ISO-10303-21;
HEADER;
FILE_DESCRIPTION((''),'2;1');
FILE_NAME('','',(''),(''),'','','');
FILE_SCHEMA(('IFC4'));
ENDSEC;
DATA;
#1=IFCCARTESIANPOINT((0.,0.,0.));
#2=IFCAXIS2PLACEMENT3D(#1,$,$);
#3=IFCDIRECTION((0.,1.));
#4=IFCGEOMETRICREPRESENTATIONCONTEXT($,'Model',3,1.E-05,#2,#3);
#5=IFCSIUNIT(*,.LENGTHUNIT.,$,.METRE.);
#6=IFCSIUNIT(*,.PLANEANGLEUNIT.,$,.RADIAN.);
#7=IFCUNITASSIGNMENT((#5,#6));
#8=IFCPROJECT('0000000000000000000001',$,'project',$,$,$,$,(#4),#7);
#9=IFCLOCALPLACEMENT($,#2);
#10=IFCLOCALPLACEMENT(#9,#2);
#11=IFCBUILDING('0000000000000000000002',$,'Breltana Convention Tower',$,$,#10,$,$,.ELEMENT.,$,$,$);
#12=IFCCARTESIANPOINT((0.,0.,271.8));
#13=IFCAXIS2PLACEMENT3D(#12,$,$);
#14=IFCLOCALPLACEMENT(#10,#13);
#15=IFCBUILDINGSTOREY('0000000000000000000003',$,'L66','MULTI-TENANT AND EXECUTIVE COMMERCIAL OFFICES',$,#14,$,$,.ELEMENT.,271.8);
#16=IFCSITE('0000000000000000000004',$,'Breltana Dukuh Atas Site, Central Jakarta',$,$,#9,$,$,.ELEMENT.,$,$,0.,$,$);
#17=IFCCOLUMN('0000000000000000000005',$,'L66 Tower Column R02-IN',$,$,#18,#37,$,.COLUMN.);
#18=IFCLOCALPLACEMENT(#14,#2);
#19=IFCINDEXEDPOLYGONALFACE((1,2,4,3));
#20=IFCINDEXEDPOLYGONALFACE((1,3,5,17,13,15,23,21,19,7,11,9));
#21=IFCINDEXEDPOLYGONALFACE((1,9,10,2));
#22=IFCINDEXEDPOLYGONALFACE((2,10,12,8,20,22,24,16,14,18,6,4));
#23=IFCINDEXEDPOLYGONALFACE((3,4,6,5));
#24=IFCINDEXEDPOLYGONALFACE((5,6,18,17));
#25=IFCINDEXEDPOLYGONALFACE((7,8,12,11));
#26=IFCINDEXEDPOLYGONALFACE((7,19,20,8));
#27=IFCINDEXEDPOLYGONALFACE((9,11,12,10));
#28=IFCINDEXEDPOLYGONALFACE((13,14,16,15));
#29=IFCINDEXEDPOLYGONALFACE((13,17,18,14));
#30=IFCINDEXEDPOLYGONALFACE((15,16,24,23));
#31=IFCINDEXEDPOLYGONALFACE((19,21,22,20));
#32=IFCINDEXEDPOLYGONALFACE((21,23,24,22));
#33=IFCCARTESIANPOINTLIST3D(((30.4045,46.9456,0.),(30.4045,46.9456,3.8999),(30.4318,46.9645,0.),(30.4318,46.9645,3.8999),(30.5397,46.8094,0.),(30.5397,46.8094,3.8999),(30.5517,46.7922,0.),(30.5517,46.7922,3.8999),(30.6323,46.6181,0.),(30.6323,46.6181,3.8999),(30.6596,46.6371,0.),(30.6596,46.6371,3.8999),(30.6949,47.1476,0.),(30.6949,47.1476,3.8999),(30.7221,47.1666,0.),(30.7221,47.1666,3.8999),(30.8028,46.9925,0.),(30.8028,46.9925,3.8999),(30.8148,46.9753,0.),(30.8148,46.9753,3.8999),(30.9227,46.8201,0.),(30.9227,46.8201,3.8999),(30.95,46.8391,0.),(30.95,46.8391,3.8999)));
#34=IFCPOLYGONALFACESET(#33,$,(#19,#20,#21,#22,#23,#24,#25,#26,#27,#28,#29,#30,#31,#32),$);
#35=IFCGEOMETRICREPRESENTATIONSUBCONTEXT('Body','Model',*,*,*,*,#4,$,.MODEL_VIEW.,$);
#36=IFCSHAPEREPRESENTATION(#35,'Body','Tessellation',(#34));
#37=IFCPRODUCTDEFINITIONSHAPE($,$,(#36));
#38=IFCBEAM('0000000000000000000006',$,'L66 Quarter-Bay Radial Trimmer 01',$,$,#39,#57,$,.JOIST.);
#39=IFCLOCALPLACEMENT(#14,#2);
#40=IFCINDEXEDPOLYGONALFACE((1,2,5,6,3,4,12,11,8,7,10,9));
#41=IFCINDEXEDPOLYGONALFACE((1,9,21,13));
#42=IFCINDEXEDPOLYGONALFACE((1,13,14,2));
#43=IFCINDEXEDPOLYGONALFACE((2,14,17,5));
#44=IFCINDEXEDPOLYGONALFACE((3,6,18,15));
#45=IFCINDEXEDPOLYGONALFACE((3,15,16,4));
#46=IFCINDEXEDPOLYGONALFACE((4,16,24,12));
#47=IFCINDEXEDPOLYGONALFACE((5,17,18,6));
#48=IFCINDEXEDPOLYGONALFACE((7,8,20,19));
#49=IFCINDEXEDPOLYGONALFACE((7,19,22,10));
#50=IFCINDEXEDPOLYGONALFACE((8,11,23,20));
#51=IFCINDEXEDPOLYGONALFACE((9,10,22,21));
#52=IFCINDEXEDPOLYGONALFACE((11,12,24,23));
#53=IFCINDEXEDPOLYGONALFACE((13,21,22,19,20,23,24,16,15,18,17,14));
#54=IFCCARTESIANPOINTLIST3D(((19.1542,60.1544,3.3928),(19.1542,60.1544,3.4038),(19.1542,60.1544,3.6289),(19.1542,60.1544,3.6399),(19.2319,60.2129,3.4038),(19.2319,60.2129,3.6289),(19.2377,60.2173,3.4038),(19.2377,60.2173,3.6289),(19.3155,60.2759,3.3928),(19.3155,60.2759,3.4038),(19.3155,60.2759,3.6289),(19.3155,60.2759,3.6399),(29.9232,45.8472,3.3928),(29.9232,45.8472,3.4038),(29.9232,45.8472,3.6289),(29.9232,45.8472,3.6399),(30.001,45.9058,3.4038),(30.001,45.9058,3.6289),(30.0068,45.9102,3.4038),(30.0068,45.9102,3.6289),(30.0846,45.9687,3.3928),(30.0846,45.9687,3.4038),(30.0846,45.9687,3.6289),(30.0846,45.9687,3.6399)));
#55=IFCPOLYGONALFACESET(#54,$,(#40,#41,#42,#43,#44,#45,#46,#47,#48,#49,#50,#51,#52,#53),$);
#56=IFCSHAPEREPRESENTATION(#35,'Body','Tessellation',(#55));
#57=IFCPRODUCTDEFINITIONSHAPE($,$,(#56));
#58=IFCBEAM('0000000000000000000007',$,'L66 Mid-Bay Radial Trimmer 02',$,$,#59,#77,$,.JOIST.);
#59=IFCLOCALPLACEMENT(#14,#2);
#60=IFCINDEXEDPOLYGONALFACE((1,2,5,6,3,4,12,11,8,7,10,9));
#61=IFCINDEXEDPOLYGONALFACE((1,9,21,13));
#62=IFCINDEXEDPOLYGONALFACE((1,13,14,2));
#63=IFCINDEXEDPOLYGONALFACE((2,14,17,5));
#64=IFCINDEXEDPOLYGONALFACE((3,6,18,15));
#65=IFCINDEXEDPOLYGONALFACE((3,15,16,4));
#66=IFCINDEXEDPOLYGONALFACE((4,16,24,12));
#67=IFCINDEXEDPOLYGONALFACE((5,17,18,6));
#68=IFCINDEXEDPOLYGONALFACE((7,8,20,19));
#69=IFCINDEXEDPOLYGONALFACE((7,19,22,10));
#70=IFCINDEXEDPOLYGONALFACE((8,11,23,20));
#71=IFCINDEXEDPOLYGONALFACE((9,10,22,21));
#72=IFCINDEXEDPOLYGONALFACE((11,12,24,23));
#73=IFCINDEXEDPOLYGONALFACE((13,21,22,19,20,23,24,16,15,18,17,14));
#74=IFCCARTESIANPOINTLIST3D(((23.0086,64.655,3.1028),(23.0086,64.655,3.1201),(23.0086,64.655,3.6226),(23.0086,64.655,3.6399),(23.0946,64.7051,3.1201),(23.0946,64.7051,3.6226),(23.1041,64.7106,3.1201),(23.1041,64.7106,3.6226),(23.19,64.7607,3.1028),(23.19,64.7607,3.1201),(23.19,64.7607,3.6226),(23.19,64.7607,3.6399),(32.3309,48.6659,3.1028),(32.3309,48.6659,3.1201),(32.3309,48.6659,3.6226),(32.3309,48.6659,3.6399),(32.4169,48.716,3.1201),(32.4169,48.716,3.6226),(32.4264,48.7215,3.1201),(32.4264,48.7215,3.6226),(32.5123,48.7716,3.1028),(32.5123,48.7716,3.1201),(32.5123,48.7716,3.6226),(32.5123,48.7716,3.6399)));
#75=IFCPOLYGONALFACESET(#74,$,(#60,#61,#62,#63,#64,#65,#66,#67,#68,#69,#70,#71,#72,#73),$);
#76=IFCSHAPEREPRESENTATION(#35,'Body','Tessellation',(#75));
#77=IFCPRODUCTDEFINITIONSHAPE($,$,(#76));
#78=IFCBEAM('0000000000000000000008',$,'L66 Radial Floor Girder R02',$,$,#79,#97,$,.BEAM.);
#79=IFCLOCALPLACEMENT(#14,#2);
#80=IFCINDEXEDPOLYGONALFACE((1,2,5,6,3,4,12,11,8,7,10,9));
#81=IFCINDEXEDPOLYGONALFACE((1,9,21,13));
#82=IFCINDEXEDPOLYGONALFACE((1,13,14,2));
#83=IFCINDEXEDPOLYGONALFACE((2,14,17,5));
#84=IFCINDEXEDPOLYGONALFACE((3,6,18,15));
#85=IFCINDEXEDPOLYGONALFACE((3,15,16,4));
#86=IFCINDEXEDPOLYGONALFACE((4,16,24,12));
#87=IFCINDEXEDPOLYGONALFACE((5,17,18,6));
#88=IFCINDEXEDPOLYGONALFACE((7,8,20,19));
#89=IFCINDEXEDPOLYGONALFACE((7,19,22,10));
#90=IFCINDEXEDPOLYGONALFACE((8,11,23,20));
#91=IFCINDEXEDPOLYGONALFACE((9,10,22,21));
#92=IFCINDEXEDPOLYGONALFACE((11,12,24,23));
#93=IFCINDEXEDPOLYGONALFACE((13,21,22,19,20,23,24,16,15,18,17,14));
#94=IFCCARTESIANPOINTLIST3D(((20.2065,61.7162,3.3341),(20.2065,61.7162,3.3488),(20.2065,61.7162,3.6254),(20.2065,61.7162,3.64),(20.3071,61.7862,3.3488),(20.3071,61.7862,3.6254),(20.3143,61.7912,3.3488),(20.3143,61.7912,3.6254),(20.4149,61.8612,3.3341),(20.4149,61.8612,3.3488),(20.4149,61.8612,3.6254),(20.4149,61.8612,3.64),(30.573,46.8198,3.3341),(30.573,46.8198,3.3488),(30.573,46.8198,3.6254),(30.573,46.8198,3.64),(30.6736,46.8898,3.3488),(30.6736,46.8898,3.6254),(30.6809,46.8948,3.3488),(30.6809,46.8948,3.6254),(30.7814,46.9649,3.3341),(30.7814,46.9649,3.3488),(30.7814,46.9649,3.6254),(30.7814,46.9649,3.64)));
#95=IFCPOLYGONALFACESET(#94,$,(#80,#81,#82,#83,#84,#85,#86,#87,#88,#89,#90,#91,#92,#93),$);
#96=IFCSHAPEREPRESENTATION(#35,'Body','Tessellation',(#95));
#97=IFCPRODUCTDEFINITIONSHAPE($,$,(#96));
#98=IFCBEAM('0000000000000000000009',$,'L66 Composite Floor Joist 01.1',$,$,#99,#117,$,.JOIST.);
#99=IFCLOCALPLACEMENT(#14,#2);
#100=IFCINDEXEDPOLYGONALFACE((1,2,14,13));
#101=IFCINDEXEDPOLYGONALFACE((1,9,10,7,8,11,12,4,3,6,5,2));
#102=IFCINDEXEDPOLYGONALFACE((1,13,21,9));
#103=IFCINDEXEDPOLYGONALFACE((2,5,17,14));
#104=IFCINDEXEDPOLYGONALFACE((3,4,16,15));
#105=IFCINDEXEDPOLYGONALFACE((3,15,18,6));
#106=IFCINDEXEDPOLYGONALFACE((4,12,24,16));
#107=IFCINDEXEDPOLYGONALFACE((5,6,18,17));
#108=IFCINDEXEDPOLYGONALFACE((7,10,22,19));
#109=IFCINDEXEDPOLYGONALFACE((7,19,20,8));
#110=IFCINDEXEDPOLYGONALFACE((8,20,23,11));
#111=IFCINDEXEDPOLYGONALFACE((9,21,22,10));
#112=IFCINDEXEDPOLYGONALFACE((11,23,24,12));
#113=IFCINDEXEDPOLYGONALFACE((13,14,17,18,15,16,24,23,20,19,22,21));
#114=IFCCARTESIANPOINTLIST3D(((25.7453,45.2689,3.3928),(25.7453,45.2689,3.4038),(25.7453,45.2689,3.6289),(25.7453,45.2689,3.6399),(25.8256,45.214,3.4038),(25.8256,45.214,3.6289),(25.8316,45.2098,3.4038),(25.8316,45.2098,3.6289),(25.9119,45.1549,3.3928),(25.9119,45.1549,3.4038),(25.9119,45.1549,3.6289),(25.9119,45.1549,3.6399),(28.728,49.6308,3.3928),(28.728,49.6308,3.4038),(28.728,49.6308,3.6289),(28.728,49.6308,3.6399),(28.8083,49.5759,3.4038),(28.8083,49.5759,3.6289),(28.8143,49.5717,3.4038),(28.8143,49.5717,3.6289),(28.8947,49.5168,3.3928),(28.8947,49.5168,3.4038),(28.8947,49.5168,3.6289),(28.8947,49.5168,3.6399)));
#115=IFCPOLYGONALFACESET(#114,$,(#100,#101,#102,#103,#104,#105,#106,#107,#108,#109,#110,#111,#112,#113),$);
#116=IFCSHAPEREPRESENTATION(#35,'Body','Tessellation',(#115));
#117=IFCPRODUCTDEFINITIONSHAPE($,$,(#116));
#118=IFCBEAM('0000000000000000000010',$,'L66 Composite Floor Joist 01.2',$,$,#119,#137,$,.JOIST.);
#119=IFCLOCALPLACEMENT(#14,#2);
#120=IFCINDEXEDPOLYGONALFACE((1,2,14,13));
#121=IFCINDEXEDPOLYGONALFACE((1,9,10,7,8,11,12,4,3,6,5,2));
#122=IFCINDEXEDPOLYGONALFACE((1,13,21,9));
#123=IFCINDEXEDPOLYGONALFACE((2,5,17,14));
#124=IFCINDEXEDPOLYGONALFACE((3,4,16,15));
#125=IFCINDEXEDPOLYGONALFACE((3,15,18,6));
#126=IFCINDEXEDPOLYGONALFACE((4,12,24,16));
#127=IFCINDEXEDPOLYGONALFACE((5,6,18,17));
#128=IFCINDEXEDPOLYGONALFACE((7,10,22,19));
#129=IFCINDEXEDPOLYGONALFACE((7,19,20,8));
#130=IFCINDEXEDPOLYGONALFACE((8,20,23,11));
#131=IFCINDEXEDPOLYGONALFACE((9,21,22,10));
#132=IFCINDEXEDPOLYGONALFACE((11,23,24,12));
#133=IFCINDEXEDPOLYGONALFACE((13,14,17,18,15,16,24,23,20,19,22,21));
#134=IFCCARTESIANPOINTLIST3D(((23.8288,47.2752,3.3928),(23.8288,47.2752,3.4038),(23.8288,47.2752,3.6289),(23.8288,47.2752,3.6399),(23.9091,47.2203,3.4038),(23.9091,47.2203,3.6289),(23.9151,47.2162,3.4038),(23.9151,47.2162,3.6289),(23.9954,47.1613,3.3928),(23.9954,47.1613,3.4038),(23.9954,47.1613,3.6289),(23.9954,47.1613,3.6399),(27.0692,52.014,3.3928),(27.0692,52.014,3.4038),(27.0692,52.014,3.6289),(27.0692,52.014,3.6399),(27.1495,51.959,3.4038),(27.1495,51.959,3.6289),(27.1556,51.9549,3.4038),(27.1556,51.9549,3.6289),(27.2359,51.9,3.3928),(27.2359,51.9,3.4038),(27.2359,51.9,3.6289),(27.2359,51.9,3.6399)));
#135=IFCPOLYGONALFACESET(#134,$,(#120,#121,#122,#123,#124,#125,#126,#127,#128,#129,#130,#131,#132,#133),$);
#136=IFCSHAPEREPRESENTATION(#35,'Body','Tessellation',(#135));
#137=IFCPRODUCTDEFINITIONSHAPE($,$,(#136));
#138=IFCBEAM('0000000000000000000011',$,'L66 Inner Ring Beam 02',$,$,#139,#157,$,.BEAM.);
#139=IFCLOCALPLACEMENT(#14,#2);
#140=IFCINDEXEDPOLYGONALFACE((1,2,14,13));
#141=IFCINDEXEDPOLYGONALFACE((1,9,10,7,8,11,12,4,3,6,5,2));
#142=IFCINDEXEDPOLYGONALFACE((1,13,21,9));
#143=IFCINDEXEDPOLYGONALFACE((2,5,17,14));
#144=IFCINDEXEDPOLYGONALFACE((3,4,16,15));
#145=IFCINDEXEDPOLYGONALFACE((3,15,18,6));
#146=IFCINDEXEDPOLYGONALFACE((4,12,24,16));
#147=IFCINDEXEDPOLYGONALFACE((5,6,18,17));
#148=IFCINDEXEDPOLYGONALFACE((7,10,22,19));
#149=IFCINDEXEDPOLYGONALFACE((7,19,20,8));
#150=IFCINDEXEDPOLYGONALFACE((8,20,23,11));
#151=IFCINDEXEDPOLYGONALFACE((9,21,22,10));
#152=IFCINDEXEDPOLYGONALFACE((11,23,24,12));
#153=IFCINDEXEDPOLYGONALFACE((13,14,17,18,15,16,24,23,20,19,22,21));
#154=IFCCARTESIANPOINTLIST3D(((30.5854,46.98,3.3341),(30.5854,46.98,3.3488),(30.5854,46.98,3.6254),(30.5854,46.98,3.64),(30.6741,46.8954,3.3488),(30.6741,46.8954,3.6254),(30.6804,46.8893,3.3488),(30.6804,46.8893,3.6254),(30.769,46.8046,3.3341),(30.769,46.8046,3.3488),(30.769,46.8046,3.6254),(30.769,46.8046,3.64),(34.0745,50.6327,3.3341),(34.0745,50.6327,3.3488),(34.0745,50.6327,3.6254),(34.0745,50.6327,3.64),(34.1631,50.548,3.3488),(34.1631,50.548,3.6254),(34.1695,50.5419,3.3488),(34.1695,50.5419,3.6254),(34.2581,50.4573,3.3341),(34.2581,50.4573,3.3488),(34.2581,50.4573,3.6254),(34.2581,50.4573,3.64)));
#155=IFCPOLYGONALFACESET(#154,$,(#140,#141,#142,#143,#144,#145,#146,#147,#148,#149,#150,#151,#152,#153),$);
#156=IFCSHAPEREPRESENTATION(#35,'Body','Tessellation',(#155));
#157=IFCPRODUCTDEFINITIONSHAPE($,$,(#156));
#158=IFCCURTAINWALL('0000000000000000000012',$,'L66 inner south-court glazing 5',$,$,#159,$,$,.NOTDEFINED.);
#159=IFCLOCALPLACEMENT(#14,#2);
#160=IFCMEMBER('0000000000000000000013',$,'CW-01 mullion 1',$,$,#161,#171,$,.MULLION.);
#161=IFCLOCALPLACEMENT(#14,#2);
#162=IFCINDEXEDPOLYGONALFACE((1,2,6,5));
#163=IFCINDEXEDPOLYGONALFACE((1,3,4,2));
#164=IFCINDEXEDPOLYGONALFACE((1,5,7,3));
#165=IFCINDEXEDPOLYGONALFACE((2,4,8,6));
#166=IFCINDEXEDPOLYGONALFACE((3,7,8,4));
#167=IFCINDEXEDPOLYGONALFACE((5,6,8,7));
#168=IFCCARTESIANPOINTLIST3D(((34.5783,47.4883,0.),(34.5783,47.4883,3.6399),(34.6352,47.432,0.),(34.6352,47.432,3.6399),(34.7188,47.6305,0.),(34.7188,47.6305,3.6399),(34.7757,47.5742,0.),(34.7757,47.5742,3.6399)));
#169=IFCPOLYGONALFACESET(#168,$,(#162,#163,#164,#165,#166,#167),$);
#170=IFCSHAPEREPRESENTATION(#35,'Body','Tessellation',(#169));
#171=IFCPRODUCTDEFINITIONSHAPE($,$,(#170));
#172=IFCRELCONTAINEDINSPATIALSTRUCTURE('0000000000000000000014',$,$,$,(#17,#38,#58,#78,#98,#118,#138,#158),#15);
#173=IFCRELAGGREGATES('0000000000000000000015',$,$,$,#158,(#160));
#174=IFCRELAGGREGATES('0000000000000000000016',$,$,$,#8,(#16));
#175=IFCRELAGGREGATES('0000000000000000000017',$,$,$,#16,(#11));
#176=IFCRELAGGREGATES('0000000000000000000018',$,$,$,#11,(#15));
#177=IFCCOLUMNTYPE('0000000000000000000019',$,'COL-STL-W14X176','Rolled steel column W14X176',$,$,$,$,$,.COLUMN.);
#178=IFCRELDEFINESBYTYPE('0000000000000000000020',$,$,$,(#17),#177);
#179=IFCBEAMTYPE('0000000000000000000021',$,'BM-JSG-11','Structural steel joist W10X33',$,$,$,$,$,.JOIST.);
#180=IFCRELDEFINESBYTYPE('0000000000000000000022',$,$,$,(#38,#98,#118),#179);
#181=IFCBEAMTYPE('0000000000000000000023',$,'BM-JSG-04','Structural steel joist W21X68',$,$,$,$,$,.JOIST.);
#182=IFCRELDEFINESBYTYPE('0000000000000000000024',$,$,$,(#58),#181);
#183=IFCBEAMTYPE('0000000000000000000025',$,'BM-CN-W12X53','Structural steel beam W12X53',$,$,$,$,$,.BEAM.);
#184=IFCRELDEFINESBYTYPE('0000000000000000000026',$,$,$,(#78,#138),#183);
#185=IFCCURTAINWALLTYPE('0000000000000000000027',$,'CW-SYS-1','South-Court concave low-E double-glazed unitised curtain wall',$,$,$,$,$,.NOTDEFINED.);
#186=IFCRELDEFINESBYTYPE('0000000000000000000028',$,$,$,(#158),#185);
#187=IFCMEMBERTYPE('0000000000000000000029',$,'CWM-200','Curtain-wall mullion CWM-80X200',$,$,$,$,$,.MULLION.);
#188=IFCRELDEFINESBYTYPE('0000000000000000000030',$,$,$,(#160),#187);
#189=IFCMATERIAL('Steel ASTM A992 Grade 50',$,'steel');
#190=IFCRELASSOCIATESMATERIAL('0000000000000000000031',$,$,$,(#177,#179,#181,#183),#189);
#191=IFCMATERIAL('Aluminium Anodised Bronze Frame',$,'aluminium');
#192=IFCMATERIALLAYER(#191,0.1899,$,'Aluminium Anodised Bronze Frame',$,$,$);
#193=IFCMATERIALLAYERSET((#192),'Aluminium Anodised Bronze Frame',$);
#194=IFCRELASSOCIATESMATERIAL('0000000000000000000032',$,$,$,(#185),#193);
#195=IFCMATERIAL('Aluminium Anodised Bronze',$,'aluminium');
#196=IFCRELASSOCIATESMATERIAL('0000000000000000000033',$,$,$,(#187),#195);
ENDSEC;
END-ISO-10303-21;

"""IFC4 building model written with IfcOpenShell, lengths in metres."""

from ifc_helpers import new_model, si_unit, direction, frame, origin, origin_2d, place, context, subcontext, project, spatial, rectangle, i_section, extrude, source, transform, mapped, material, layer, layer_set, material_profile, profile_set, type_object, type_shapes, element, aggregate, save


model = new_model("IFC4")

# Units and contexts
model_context = context("Model", 3, precision=1e-05, world=origin(), true_north=direction((0.0, 1.0)))
body_context = subcontext(model_context, "Body", "Model", "MODEL_VIEW")
ifc_project = project(units=[si_unit("LENGTHUNIT", "METRE"), si_unit("PLANEANGLEUNIT", "RADIAN")], contexts=[model_context])

# Site, building, storey
site_placement = place(None, origin())
site = spatial("IfcSite", under=ifc_project, at=site_placement, Name="Breltana Dukuh Atas Site, Central Jakarta", CompositionType="ELEMENT", RefElevation=0.0)
building_placement = place(site_placement, origin())
building = spatial("IfcBuilding", under=site, at=building_placement, Name="Breltana Convention Tower", CompositionType="ELEMENT")
storey_placement = place(building_placement, frame((0.0, 0.0, 271.8)))
storey = spatial("IfcBuildingStorey", under=building, at=storey_placement, Name="L66", Description="MULTI-TENANT AND EXECUTIVE COMMERCIAL OFFICES", CompositionType="ELEMENT", Elevation=271.8)

# Column
ifc_material_1 = material(Name="Steel ASTM A992 Grade 50", Category="steel")
ifc_material_profile_1 = material_profile(ifc_material_1, i_section(OverallWidth=0.3989, OverallDepth=0.387, WebThickness=0.021, FlangeThickness=0.0332, at=origin_2d()), Name="W14X176")
ifc_profile_set_1 = profile_set([ifc_material_profile_1], Name="Steel ASTM A992 Grade 50")
column_type = type_object("IfcColumnType", Name="COL-STL-W14X176", Description="Rolled steel column W14X176", PredefinedType="COLUMN", material=ifc_profile_set_1)
shared_shape_1 = source(origin(), body_context, "Body", "SweptSolid", [
    extrude(i_section(OverallWidth=0.3989, OverallDepth=0.387, WebThickness=0.021, FlangeThickness=0.0332, at=origin_2d()), origin(), (0.0, 0.0, 1.0), 3.8999),
])
type_shapes(column_type, [shared_shape_1])
column_placement = place(storey_placement, frame((30.6772, 46.8923, 0.0), z_axis=(0.0, 0.0, 1.0), x_axis=(-0.571143, 0.82085, 0.0)))
element("IfcColumn", 1, at=column_placement, inside=storey, type_object=column_type, Name="L66 Tower Column R02-IN", PredefinedType="COLUMN", context=body_context, shape_type="MappedRepresentation", body=[
    mapped(shared_shape_1, transform((0.0, 0.0, 0.0), scale=1.0)),
])

# Beams
ifc_material_profile_2 = material_profile(ifc_material_1, i_section(OverallWidth=0.2019, OverallDepth=0.2471, WebThickness=0.0073, FlangeThickness=0.011, at=origin_2d()), Name="W10X33")
ifc_profile_set_2 = profile_set([ifc_material_profile_2], Name="Steel ASTM A992 Grade 50")
beam_type_1 = type_object("IfcBeamType", Name="BM-JSG-11", Description="Structural steel joist W10X33", PredefinedType="JOIST", material=ifc_profile_set_2)
shared_shape_2 = source(origin(), body_context, "Body", "SweptSolid", [
    extrude(i_section(OverallWidth=0.2019, OverallDepth=0.2471, WebThickness=0.0073, FlangeThickness=0.011, at=origin_2d()), origin(), (0.0, 0.0, 1.0), 17.9072),
])
beam_1_placement = place(storey_placement, frame((30.0039, 45.908, 3.5164), z_axis=(-0.601382, 0.798962, 0.0), x_axis=(-0.798962, -0.601382, 0.0)))
element("IfcBeam", 2, at=beam_1_placement, inside=storey, type_object=beam_type_1, Name="L66 Quarter-Bay Radial Trimmer 01", PredefinedType="JOIST", context=body_context, shape_type="MappedRepresentation", body=[
    mapped(shared_shape_2, transform((0.0, 0.0, 0.0), scale=1.0)),
])
ifc_material_profile_3 = material_profile(ifc_material_1, i_section(OverallWidth=0.21, OverallDepth=0.5371, WebThickness=0.011, FlangeThickness=0.0173, at=origin_2d()), Name="W21X68")
ifc_profile_set_3 = profile_set([ifc_material_profile_3], Name="Steel ASTM A992 Grade 50")
beam_type_2 = type_object("IfcBeamType", Name="BM-JSG-04", Description="Structural steel joist W21X68", PredefinedType="JOIST", material=ifc_profile_set_3)
shared_shape_3 = source(origin(), body_context, "Body", "SweptSolid", [
    extrude(i_section(OverallWidth=0.21, OverallDepth=0.5371, WebThickness=0.011, FlangeThickness=0.0173, at=origin_2d()), origin(), (0.0, 0.0, 1.0), 18.5083),
])
beam_2_placement = place(storey_placement, frame((32.4216, 48.7188, 3.3713), z_axis=(-0.503683, 0.863888, 0.0), x_axis=(-0.863888, -0.503683, 0.0)))
element("IfcBeam", 3, at=beam_2_placement, inside=storey, type_object=beam_type_2, Name="L66 Mid-Bay Radial Trimmer 02", PredefinedType="JOIST", context=body_context, shape_type="MappedRepresentation", body=[
    mapped(shared_shape_3, transform((0.0, 0.0, 0.0), scale=1.0)),
])
ifc_material_profile_4 = material_profile(ifc_material_1, i_section(OverallWidth=0.2539, OverallDepth=0.3059, WebThickness=0.0088, FlangeThickness=0.0146, at=origin_2d()), Name="W12X53")
ifc_profile_set_4 = profile_set([ifc_material_profile_4], Name="Steel ASTM A992 Grade 50")
beam_type_3 = type_object("IfcBeamType", Name="BM-CN-W12X53", Description="Structural steel beam W12X53", PredefinedType="BEAM", material=ifc_profile_set_4)
shared_shape_4 = source(origin(), body_context, "Body", "SweptSolid", [
    extrude(i_section(OverallWidth=0.2539, OverallDepth=0.3059, WebThickness=0.0088, FlangeThickness=0.0146, at=origin_2d()), origin(), (0.0, 0.0, 1.0), 18.1484),
])
beam_3_placement = place(storey_placement, frame((30.6772, 46.8923, 3.4871), z_axis=(-0.571208, 0.820806, 0.0), x_axis=(-0.820806, -0.571208, 0.0)))
element("IfcBeam", 4, at=beam_3_placement, inside=storey, type_object=beam_type_3, Name="L66 Radial Floor Girder R02", PredefinedType="BEAM", context=body_context, shape_type="MappedRepresentation", body=[
    mapped(shared_shape_4, transform((0.0, 0.0, 0.0), scale=1.0)),
])
shared_shape_5 = source(origin(), body_context, "Body", "SweptSolid", [
    extrude(i_section(OverallWidth=0.2019, OverallDepth=0.2471, WebThickness=0.0073, FlangeThickness=0.011, at=origin_2d()), origin(), (0.0, 0.0, 1.0), 5.2842),
])
beam_4_placement = place(storey_placement, frame((25.8286, 45.2119, 3.5164), z_axis=(0.56446, 0.82546, 0.0), x_axis=(-0.82546, 0.56446, 0.0)))
element("IfcBeam", 5, at=beam_4_placement, inside=storey, type_object=beam_type_1, Name="L66 Composite Floor Joist 01.1", PredefinedType="JOIST", context=body_context, shape_type="MappedRepresentation", body=[
    mapped(shared_shape_5, transform((0.0, 0.0, 0.0), scale=1.0)),
])
shared_shape_6 = source(origin(), body_context, "Body", "SweptSolid", [
    extrude(i_section(OverallWidth=0.2019, OverallDepth=0.2471, WebThickness=0.0073, FlangeThickness=0.011, at=origin_2d()), origin(), (0.0, 0.0, 1.0), 5.7407),
])
beam_5_placement = place(storey_placement, frame((23.9121, 47.2183, 3.5164), z_axis=(0.564466, 0.825456, 0.0), x_axis=(-0.825456, 0.564466, 0.0)))
element("IfcBeam", 6, at=beam_5_placement, inside=storey, type_object=beam_type_1, Name="L66 Composite Floor Joist 01.2", PredefinedType="JOIST", context=body_context, shape_type="MappedRepresentation", body=[
    mapped(shared_shape_6, transform((0.0, 0.0, 0.0), scale=1.0)),
])
shared_shape_7 = source(origin(), body_context, "Body", "SweptSolid", [
    extrude(i_section(OverallWidth=0.2539, OverallDepth=0.3059, WebThickness=0.0088, FlangeThickness=0.0146, at=origin_2d()), origin(), (0.0, 0.0, 1.0), 5.0513),
])
beam_6_placement = place(storey_placement, frame((30.6772, 46.8923, 3.4871), z_axis=(0.69073, 0.723113, 0.0), x_axis=(-0.723113, 0.69073, 0.0)))
element("IfcBeam", 7, at=beam_6_placement, inside=storey, type_object=beam_type_3, Name="L66 Inner Ring Beam 02", PredefinedType="BEAM", context=body_context, shape_type="MappedRepresentation", body=[
    mapped(shared_shape_7, transform((0.0, 0.0, 0.0), scale=1.0)),
])

# Curtain wall, member
ifc_material_2 = material(Name="Aluminium Anodised Bronze Frame", Category="aluminium")
ifc_layer_1 = layer(ifc_material_2, 0.1899, Name="Aluminium Anodised Bronze Frame")
ifc_layer_set_1 = layer_set([ifc_layer_1], Name="Aluminium Anodised Bronze Frame")
curtain_wall_type = type_object("IfcCurtainWallType", Name="CW-SYS-1", Description="South-Court concave low-E double-glazed unitised curtain wall", PredefinedType="NOTDEFINED", material=ifc_layer_set_1)
curtain_wall_placement = place(storey_placement, origin())
curtain_wall = element("IfcCurtainWall", 8, at=curtain_wall_placement, inside=storey, type_object=curtain_wall_type, Name="L66 inner south-court glazing 5", PredefinedType="NOTDEFINED")
ifc_material_3 = material(Name="Aluminium Anodised Bronze", Category="aluminium")
ifc_material_profile_5 = material_profile(ifc_material_3, rectangle(XDim=0.0801, YDim=0.2, at=origin_2d()), Name="CWM-80X200")
ifc_profile_set_5 = profile_set([ifc_material_profile_5], Name="Aluminium Anodised Bronze")
member_type_1 = type_object("IfcMemberType", Name="CWM-200", Description="Curtain-wall mullion CWM-80X200", PredefinedType="MULLION", material=ifc_profile_set_5)
shared_shape_8 = source(origin(), body_context, "Body", "SweptSolid", [
    extrude(rectangle(XDim=0.0801, YDim=0.2, at=origin_2d()), origin(), (0.0, 0.0, 1.0), 3.6399),
])
member_1_placement = place(storey_placement, frame((34.677, 47.5312, 0.0), z_axis=(0.0, 0.0, 1.0), x_axis=(0.711487, -0.702699, 0.0)))
member_1 = element("IfcMember", 9, at=member_1_placement, type_object=member_type_1, Name="CW-01 mullion 1", PredefinedType="MULLION", context=body_context, shape_type="MappedRepresentation", body=[
    mapped(shared_shape_8, transform((0.0, 0.0, 0.0), scale=1.0)),
])
aggregate(curtain_wall, [member_1])

save(model, "model.ifc")
